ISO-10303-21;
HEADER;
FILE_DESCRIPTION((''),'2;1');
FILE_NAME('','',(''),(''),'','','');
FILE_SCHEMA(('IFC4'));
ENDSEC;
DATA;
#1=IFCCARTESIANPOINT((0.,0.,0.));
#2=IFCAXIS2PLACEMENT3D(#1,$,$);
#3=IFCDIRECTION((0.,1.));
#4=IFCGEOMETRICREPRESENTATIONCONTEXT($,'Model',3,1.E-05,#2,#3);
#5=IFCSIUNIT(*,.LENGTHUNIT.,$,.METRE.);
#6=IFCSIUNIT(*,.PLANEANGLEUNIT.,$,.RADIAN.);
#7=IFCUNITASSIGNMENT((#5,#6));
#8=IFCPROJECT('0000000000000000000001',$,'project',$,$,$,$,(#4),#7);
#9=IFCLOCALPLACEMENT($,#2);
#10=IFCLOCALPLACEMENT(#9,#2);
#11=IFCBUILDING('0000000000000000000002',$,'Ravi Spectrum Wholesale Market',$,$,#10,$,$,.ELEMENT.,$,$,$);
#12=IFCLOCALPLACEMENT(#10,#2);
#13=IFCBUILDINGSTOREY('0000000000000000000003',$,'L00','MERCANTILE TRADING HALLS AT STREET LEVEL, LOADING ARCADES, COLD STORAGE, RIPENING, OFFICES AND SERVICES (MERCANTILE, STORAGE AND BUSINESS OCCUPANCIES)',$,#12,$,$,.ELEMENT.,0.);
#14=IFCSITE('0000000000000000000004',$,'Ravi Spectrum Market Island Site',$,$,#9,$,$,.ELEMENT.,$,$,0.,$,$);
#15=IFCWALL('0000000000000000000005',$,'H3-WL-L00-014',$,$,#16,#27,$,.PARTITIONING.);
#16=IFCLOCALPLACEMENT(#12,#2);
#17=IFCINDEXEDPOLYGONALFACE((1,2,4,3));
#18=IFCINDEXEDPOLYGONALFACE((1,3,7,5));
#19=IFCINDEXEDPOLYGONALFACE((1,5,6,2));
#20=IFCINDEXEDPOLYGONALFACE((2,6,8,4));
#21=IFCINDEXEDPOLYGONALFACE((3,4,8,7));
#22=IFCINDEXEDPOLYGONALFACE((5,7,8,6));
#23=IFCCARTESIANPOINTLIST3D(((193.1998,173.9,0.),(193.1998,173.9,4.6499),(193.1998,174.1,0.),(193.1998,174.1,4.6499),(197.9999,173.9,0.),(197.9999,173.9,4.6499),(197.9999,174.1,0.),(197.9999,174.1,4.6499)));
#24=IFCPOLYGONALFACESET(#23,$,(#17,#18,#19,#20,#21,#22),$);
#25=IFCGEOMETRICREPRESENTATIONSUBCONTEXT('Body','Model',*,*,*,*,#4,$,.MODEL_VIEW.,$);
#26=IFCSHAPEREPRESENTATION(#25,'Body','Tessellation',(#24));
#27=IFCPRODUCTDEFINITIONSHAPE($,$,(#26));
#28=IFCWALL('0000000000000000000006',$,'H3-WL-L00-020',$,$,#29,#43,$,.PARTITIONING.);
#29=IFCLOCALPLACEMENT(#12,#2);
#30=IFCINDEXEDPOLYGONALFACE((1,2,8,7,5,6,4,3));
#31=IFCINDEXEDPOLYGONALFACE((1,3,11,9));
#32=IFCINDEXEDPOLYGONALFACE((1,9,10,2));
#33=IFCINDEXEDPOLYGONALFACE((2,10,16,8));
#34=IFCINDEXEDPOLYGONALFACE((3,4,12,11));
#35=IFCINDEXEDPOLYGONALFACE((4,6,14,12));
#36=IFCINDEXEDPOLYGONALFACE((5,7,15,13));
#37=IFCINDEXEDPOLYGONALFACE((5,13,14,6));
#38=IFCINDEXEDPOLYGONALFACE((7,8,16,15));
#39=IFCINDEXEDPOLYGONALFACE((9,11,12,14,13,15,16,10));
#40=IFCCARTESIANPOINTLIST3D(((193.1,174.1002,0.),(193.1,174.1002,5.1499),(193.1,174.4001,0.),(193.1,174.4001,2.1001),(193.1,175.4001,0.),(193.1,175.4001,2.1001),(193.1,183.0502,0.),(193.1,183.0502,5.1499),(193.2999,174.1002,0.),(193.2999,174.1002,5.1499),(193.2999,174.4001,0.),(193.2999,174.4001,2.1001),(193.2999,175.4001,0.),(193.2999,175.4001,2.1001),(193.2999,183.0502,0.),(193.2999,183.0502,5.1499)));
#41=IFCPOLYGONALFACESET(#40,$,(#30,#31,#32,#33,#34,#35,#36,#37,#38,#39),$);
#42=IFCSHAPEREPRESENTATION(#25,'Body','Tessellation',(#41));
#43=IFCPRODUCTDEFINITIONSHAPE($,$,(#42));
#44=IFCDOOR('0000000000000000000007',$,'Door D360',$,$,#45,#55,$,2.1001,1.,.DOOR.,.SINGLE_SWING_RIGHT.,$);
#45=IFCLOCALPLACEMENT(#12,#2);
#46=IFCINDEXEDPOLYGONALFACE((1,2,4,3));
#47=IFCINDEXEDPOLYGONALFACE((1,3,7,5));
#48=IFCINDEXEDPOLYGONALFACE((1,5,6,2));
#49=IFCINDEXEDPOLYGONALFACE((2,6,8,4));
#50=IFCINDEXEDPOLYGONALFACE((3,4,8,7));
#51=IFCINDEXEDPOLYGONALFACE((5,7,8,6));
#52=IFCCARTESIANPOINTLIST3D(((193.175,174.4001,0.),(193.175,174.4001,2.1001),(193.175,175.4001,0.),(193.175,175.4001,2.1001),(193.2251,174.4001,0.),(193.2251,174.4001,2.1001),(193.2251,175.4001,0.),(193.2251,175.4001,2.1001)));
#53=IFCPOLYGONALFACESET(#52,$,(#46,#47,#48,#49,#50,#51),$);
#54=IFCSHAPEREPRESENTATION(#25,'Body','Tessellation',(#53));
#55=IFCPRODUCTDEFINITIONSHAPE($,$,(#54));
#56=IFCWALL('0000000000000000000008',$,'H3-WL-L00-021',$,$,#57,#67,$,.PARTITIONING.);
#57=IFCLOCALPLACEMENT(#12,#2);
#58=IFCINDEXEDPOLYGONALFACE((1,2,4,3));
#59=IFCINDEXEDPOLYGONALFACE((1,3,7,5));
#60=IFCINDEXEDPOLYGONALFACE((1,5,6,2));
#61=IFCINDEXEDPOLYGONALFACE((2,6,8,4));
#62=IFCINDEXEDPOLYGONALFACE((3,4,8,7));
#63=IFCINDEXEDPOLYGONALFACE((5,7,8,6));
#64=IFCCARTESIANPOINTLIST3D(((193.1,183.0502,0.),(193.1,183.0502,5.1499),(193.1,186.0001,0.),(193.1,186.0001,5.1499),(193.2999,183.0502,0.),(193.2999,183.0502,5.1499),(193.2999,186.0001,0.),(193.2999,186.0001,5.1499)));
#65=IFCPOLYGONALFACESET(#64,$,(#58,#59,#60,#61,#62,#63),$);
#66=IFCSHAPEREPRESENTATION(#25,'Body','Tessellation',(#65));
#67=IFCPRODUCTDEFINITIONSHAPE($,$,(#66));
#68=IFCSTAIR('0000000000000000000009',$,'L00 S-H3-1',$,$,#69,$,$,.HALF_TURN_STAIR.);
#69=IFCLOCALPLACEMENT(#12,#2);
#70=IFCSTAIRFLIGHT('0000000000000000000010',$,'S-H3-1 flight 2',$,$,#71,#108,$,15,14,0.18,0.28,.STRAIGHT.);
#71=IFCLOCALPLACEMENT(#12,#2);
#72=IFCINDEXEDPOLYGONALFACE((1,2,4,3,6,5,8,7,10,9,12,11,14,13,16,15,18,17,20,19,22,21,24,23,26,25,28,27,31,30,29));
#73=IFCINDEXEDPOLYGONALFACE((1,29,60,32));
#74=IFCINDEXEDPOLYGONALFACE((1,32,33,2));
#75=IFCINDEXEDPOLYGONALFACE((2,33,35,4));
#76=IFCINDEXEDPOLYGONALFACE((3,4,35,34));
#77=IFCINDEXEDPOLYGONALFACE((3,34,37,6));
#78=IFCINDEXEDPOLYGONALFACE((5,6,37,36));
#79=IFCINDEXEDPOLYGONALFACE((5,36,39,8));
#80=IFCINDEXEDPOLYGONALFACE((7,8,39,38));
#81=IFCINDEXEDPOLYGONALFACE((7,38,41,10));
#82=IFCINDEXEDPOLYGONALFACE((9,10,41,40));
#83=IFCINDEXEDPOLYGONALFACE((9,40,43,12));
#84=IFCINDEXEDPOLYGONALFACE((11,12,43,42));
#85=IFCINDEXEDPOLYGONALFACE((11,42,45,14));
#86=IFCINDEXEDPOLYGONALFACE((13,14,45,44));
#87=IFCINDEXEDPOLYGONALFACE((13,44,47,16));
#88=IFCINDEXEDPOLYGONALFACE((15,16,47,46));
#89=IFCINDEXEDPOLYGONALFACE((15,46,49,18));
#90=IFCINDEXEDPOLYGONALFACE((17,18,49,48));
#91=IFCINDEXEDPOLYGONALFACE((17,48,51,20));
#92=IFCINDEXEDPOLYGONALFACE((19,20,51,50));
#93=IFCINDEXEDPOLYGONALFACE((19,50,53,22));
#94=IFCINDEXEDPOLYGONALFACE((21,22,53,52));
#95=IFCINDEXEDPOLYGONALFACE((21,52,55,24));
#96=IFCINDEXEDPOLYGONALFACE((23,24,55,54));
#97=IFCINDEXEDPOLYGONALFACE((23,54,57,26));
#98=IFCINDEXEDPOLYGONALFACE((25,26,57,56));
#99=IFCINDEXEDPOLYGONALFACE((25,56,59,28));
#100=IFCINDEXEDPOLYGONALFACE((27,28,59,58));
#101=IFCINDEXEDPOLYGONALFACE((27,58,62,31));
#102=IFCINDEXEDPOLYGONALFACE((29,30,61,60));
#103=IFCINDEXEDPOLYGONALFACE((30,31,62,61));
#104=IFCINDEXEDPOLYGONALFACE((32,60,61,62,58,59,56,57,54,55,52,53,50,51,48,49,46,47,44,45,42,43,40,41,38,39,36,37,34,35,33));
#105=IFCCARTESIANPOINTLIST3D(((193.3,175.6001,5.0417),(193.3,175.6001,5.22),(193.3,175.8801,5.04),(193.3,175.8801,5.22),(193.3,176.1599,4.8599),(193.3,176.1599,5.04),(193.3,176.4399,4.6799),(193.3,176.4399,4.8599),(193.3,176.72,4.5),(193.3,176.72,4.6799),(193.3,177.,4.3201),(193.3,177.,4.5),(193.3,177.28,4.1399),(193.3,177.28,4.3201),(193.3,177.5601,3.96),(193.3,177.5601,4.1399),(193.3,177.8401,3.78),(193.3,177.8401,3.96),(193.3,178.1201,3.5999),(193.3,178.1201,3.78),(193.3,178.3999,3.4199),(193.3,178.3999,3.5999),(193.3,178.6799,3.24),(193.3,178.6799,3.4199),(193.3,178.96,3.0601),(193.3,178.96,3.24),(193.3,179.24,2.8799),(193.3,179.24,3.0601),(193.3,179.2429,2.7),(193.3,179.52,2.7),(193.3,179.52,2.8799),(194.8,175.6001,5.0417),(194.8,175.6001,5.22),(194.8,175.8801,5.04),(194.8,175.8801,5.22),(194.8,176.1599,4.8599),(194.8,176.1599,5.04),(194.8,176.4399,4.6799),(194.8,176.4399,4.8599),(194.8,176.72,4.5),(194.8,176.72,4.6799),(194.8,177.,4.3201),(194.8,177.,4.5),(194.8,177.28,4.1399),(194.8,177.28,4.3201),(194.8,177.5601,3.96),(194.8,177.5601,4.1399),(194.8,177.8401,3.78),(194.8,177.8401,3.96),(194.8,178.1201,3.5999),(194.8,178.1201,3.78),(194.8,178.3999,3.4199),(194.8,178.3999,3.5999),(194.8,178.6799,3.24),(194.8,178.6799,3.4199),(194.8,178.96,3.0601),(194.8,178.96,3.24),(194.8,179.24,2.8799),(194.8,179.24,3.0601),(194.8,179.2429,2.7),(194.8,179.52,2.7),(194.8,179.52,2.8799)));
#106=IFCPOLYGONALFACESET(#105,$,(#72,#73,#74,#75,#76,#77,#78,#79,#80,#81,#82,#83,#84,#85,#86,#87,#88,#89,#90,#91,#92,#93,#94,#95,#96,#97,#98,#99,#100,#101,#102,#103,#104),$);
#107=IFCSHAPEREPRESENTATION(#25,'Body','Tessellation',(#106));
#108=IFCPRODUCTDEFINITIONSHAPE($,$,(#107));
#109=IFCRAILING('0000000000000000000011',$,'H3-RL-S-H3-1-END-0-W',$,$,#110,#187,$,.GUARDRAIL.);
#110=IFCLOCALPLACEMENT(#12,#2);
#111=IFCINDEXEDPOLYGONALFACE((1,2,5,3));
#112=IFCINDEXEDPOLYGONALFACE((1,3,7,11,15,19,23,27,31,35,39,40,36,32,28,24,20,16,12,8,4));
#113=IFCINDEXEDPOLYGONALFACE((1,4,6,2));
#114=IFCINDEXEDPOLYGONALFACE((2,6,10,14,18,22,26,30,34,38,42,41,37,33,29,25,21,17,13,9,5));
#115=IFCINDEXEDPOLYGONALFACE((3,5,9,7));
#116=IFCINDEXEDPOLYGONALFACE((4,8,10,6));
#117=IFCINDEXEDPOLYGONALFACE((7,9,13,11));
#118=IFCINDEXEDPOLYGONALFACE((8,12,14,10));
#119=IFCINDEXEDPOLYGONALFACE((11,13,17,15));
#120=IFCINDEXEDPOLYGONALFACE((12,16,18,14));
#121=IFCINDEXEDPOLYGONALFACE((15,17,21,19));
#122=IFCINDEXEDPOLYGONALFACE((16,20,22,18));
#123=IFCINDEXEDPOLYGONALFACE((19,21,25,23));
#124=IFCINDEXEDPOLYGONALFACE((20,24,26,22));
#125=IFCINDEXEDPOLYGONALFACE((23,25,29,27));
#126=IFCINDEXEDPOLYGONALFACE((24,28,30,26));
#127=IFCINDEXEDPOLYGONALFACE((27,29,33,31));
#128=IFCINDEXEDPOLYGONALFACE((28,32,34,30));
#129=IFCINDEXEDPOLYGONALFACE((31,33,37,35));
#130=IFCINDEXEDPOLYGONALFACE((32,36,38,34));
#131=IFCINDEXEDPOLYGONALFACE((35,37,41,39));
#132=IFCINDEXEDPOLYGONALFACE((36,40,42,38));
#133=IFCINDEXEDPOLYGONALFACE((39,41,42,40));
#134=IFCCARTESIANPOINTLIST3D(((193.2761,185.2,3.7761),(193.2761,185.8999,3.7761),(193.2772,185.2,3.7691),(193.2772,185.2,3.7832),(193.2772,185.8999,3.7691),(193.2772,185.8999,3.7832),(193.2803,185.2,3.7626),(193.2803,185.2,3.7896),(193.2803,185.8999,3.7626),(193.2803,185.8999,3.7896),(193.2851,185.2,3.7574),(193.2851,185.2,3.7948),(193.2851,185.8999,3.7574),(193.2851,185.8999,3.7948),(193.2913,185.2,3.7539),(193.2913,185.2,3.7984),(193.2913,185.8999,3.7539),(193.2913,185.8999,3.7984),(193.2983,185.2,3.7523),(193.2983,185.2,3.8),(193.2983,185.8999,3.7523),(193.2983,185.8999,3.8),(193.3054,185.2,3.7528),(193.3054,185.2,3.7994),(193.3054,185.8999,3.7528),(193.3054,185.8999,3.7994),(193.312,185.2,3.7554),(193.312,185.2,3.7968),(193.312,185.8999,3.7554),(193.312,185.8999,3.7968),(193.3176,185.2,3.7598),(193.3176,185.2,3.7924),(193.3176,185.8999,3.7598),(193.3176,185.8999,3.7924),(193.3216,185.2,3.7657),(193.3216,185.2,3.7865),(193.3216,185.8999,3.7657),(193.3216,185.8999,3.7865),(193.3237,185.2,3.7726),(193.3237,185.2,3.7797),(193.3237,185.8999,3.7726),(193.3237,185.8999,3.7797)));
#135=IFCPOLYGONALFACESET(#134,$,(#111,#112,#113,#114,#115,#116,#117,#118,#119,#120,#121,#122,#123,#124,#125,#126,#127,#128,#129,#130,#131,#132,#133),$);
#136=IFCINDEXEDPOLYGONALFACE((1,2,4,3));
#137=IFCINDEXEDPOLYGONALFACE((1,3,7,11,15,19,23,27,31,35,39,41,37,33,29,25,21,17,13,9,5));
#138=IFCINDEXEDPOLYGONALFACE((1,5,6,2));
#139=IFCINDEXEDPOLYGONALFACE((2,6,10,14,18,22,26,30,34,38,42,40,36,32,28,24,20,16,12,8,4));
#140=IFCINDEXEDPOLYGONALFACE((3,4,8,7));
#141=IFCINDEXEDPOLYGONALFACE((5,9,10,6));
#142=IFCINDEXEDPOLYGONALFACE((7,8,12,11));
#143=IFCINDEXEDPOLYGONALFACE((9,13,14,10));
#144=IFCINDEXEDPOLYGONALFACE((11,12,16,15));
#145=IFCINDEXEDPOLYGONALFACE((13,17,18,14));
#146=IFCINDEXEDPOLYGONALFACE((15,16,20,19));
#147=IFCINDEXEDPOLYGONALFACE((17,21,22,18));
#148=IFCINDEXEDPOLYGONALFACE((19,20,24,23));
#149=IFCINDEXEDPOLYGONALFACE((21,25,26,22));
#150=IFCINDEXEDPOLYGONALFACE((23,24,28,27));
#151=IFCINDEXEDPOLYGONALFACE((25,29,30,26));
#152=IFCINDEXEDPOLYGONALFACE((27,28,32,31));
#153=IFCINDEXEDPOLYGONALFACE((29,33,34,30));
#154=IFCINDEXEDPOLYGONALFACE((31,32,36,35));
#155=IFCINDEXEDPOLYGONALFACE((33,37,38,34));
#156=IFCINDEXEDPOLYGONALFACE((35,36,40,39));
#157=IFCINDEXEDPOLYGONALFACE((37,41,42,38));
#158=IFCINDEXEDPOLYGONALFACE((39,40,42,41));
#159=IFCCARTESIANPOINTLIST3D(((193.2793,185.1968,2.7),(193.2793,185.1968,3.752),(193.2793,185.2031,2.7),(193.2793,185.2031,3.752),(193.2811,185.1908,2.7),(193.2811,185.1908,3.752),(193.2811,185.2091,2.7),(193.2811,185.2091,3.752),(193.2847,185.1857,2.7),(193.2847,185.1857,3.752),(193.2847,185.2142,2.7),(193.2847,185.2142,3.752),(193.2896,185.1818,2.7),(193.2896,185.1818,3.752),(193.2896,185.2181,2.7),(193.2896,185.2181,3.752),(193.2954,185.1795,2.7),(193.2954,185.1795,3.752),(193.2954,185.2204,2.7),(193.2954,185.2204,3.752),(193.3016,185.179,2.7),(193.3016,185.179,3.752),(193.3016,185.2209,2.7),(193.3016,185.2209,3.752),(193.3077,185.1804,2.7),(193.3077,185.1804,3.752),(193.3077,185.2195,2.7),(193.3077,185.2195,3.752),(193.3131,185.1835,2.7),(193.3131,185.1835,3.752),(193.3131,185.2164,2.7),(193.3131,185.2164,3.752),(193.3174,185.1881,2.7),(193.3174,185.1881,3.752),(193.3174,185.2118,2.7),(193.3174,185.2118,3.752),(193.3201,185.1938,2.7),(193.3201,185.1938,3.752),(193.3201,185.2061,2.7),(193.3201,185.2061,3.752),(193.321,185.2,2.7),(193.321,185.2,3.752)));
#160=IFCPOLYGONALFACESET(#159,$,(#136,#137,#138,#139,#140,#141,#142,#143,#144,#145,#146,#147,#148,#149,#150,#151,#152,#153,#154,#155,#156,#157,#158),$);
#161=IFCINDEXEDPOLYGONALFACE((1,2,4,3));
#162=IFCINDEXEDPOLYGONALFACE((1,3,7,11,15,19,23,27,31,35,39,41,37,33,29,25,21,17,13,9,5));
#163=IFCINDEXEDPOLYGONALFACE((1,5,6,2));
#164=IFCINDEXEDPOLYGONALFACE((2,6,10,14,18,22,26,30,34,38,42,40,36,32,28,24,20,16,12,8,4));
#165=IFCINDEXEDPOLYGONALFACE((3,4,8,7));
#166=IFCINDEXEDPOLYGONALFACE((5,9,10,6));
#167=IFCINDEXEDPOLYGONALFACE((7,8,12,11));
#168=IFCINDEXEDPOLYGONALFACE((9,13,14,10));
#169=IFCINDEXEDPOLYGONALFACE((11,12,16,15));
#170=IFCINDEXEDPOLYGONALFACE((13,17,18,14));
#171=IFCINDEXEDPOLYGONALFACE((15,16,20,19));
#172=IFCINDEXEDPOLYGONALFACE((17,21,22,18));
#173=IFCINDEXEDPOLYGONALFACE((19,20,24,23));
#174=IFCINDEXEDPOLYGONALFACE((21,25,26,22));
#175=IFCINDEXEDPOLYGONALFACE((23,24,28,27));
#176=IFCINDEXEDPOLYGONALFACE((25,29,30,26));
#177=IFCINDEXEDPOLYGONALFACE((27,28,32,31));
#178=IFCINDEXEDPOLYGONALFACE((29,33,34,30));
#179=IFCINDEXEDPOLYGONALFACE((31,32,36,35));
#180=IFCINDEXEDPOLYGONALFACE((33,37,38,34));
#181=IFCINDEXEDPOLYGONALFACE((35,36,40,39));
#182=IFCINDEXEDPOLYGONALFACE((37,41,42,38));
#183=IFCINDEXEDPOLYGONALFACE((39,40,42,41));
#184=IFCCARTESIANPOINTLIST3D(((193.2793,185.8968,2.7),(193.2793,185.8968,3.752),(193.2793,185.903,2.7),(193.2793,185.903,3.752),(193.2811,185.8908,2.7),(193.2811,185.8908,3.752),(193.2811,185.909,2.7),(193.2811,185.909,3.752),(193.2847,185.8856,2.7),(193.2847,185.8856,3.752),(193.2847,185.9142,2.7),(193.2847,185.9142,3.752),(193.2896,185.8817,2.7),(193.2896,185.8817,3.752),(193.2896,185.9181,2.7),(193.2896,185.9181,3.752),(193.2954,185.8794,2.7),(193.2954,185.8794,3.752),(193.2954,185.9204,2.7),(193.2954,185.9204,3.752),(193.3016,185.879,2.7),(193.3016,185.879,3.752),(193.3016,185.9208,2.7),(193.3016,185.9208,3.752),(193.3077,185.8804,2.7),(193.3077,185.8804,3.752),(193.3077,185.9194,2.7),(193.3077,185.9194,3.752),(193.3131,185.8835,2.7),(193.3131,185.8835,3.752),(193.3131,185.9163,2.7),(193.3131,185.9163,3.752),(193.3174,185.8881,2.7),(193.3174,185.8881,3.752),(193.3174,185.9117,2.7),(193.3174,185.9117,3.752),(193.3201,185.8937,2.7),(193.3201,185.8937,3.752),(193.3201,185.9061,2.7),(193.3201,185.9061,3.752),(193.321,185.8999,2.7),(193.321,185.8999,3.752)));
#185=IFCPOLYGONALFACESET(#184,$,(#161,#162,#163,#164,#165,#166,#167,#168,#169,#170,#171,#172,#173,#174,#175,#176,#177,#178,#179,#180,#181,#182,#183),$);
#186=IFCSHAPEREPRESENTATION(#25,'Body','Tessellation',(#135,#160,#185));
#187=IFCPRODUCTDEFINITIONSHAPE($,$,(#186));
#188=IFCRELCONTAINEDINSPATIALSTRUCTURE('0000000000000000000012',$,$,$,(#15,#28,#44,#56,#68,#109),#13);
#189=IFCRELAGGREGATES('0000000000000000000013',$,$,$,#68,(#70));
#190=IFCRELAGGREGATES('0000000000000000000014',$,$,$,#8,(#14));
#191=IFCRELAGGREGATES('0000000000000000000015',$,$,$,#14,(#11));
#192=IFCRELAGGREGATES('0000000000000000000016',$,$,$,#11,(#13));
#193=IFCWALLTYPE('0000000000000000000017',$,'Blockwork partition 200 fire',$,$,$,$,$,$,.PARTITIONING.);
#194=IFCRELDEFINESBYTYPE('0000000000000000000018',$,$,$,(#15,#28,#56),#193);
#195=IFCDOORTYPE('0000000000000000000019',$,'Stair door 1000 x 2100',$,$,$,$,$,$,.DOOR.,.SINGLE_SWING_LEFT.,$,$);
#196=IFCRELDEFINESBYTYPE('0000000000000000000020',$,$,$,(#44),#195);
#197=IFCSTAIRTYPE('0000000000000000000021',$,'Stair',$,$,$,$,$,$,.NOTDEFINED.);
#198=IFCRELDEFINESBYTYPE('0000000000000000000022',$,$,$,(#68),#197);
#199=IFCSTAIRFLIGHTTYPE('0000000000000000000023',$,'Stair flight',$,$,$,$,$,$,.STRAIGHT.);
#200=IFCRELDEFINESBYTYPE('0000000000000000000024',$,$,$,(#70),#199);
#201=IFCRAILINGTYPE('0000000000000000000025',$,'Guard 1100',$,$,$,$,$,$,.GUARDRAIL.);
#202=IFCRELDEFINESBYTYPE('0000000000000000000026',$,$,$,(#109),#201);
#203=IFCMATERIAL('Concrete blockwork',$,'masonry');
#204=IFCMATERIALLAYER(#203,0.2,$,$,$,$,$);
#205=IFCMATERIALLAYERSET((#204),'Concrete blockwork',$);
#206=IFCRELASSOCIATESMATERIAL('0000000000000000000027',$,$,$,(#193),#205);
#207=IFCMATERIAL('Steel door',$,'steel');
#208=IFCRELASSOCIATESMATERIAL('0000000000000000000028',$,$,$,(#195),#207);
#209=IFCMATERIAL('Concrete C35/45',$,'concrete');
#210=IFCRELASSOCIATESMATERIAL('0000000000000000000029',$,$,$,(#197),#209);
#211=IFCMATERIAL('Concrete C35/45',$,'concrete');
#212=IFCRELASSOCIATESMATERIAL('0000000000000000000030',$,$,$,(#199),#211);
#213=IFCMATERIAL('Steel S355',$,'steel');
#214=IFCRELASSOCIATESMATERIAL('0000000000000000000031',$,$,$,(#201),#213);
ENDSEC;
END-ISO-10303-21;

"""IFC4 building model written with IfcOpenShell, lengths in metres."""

from ifc_helpers import new_model, si_unit, direction, frame, frame_2d, origin, origin_2d, place, context, subcontext, project, spatial, polyline, rectangle, circle, outline, extrude, material, layer, layer_set, type_object, element, fill, aggregate, save


model = new_model("IFC4")

# Units and contexts
model_context = context("Model", 3, precision=1e-05, world=origin(), true_north=direction((0.0, 1.0)))
body_context = subcontext(model_context, "Body", "Model", "MODEL_VIEW")
ifc_project = project(units=[si_unit("LENGTHUNIT", "METRE"), si_unit("PLANEANGLEUNIT", "RADIAN")], contexts=[model_context])

# Site, building, storey
site_placement = place(None, origin())
site = spatial("IfcSite", under=ifc_project, at=site_placement, Name="Ravi Spectrum Market Island Site", CompositionType="ELEMENT", RefElevation=0.0)
building_placement = place(site_placement, origin())
building = spatial("IfcBuilding", under=site, at=building_placement, Name="Ravi Spectrum Wholesale Market", CompositionType="ELEMENT")
storey_placement = place(building_placement, origin())
storey = spatial("IfcBuildingStorey", under=building, at=storey_placement, Name="L00", Description="MERCANTILE TRADING HALLS AT STREET LEVEL, LOADING ARCADES, COLD STORAGE, RIPENING, OFFICES AND SERVICES (MERCANTILE, STORAGE AND BUSINESS OCCUPANCIES)", CompositionType="ELEMENT", Elevation=0.0)

# Wall
ifc_material_1 = material(Name="Concrete blockwork", Category="masonry")
ifc_layer = layer(ifc_material_1, 0.2)
ifc_layer_set = layer_set([ifc_layer], Name="Concrete blockwork")
wall_type = type_object("IfcWallType", Name="Blockwork partition 200 fire", PredefinedType="PARTITIONING", material=ifc_layer_set)
wall_1_placement = place(storey_placement, frame((193.2, 174.0, 0.0), z_axis=(0.0, 0.0, 1.0), x_axis=(1.0, 0.0, 0.0)))
element("IfcWall", 1, at=wall_1_placement, inside=storey, type_object=wall_type, Name="H3-WL-L00-014", PredefinedType="PARTITIONING", context=body_context, shape_type="SweptSolid", body=[
    extrude(rectangle(XDim=4.8, YDim=0.2, at=frame_2d((2.3999, 0.0))), origin(), (0.0, 0.0, 1.0), 4.6499),
])

# Wall, opening, door
wall_2_placement = place(storey_placement, frame((193.2, 174.1001, 0.0), z_axis=(0.0, 0.0, 1.0), x_axis=(0.0, 1.0, 0.0)))
wall_2 = element("IfcWall", 2, at=wall_2_placement, inside=storey, type_object=wall_type, Name="H3-WL-L00-020", PredefinedType="PARTITIONING", context=body_context, shape_type="SweptSolid", body=[
    extrude(rectangle(XDim=8.95, YDim=0.2, at=frame_2d((4.4751, 0.0))), origin(), (0.0, 0.0, 1.0), 5.1499),
])
opening_placement = place(wall_2_placement, frame((0.3, 0.0, 0.0)))
opening = element("IfcOpeningElement", 3, at=opening_placement, cuts=wall_2, PredefinedType="OPENING", context=body_context, shape_type="SweptSolid", body=[
    extrude(rectangle(XDim=1.0, YDim=2.1001, at=frame_2d((0.5, 1.05))), frame((0.0, 0.1099, 0.0), z_axis=(0.0, -1.0, 0.0), x_axis=(1.0, 0.0, 0.0)), (0.0, 0.0, 1.0), 0.22),
])
ifc_material_2 = material(Name="Steel door", Category="steel")
door_type = type_object("IfcDoorType", Name="Stair door 1000 x 2100", OperationType="SINGLE_SWING_LEFT", PredefinedType="DOOR", material=ifc_material_2)
door_placement = place(opening_placement, origin())
door = element("IfcDoor", 4, at=door_placement, inside=storey, type_object=door_type, Name="Door D360", OperationType="SINGLE_SWING_RIGHT", OverallHeight=2.1001, OverallWidth=1.0, PredefinedType="DOOR", context=body_context, shape_type="SweptSolid", body=[
    extrude(rectangle(XDim=1.0, YDim=2.1001, at=frame_2d((0.5, 1.05))), frame((0.0, 0.0249, 0.0), z_axis=(0.0, -1.0, 0.0), x_axis=(1.0, 0.0, 0.0)), (0.0, 0.0, 1.0), 0.05),
])
fill(opening, door)

# Wall
wall_3_placement = place(storey_placement, frame((193.2, 183.05, 0.0), z_axis=(0.0, 0.0, 1.0), x_axis=(0.0, 1.0, 0.0)))
element("IfcWall", 5, at=wall_3_placement, inside=storey, type_object=wall_type, Name="H3-WL-L00-021", PredefinedType="PARTITIONING", context=body_context, shape_type="SweptSolid", body=[
    extrude(rectangle(XDim=2.95, YDim=0.2, at=frame_2d((1.4751, 0.0))), origin(), (0.0, 0.0, 1.0), 5.1499),
])

# Stair, stair flight
ifc_material_3 = material(Name="Concrete C35/45", Category="concrete")
stair_type = type_object("IfcStairType", Name="Stair", PredefinedType="NOTDEFINED", material=ifc_material_3)
stair_placement = place(storey_placement, origin())
stair = element("IfcStair", 6, at=stair_placement, inside=storey, type_object=stair_type, Name="L00 S-H3-1", PredefinedType="HALF_TURN_STAIR")
ifc_material_4 = material(Name="Concrete C35/45", Category="concrete")
stair_flight_type = type_object("IfcStairFlightType", Name="Stair flight", PredefinedType="STRAIGHT", material=ifc_material_4)
stair_flight_placement = place(storey_placement, frame((194.05, 179.52, 2.7), z_axis=(0.0, 0.0, 1.0), x_axis=(0.0, -1.0, 0.0)))
stair_flight = element("IfcStairFlight", 7, at=stair_flight_placement, type_object=stair_flight_type, Name="S-H3-1 flight 2", NumberOfRisers=15, NumberOfTreads=14, PredefinedType="STRAIGHT", RiserHeight=0.18, TreadLength=0.28, context=body_context, shape_type="SweptSolid", body=[
    extrude(outline(polyline([(0.0, 0.0), (0.0, 0.1799), (0.28, 0.1799), (0.28, 0.3601), (0.5601, 0.3601), (0.5601, 0.54), (0.8401, 0.54), (0.8401, 0.72), (1.1201, 0.72), (1.1201, 0.8999), (1.3999, 0.8999), (1.3999, 1.0801), (1.6799, 1.0801), (1.6799, 1.26), (1.96, 1.26), (1.96, 1.4399), (2.24, 1.4399), (2.24, 1.6201), (2.52, 1.6201), (2.52, 1.8), (2.8, 1.8), (2.8, 1.98), (3.0801, 1.98), (3.0801, 2.1599), (3.3601, 2.1599), (3.3601, 2.3401), (3.6399, 2.3401), (3.6399, 2.52), (3.9199, 2.52), (3.9199, 2.7), (3.9199, 2.3418), (0.2771, 0.0), (0.0, 0.0)])), frame((0.0, 0.75, 0.0), z_axis=(0.0, -1.0, 0.0), x_axis=(1.0, 0.0, 0.0)), (0.0, 0.0, 1.0), 1.5),
])
aggregate(stair, [stair_flight])

# Railing
ifc_material_5 = material(Name="Steel S355", Category="steel")
railing_type_1 = type_object("IfcRailingType", Name="Guard 1100", PredefinedType="GUARDRAIL", material=ifc_material_5)
railing_1_placement = place(storey_placement, frame((193.3, 185.2, 2.7)))
element("IfcRailing", 8, at=railing_1_placement, inside=storey, type_object=railing_type_1, Name="H3-RL-S-H3-1-END-0-W", PredefinedType="GUARDRAIL", context=body_context, shape_type="SweptSolid", body=[
    extrude(circle(Radius=0.0239, at=origin_2d()), frame((0.0, 0.0, 1.0762), z_axis=(0.0, 1.0, 0.0), x_axis=(-1.0, 0.0, 0.0)), (0.0, 0.0, 1.0), 0.7),
    extrude(circle(Radius=0.021, at=origin_2d()), origin(), (0.0, 0.0, 1.0), 1.052),
    extrude(circle(Radius=0.021, at=origin_2d()), frame((0.0, 0.7, 0.0)), (0.0, 0.0, 1.0), 1.052),
])

save(model, "model.ifc")
